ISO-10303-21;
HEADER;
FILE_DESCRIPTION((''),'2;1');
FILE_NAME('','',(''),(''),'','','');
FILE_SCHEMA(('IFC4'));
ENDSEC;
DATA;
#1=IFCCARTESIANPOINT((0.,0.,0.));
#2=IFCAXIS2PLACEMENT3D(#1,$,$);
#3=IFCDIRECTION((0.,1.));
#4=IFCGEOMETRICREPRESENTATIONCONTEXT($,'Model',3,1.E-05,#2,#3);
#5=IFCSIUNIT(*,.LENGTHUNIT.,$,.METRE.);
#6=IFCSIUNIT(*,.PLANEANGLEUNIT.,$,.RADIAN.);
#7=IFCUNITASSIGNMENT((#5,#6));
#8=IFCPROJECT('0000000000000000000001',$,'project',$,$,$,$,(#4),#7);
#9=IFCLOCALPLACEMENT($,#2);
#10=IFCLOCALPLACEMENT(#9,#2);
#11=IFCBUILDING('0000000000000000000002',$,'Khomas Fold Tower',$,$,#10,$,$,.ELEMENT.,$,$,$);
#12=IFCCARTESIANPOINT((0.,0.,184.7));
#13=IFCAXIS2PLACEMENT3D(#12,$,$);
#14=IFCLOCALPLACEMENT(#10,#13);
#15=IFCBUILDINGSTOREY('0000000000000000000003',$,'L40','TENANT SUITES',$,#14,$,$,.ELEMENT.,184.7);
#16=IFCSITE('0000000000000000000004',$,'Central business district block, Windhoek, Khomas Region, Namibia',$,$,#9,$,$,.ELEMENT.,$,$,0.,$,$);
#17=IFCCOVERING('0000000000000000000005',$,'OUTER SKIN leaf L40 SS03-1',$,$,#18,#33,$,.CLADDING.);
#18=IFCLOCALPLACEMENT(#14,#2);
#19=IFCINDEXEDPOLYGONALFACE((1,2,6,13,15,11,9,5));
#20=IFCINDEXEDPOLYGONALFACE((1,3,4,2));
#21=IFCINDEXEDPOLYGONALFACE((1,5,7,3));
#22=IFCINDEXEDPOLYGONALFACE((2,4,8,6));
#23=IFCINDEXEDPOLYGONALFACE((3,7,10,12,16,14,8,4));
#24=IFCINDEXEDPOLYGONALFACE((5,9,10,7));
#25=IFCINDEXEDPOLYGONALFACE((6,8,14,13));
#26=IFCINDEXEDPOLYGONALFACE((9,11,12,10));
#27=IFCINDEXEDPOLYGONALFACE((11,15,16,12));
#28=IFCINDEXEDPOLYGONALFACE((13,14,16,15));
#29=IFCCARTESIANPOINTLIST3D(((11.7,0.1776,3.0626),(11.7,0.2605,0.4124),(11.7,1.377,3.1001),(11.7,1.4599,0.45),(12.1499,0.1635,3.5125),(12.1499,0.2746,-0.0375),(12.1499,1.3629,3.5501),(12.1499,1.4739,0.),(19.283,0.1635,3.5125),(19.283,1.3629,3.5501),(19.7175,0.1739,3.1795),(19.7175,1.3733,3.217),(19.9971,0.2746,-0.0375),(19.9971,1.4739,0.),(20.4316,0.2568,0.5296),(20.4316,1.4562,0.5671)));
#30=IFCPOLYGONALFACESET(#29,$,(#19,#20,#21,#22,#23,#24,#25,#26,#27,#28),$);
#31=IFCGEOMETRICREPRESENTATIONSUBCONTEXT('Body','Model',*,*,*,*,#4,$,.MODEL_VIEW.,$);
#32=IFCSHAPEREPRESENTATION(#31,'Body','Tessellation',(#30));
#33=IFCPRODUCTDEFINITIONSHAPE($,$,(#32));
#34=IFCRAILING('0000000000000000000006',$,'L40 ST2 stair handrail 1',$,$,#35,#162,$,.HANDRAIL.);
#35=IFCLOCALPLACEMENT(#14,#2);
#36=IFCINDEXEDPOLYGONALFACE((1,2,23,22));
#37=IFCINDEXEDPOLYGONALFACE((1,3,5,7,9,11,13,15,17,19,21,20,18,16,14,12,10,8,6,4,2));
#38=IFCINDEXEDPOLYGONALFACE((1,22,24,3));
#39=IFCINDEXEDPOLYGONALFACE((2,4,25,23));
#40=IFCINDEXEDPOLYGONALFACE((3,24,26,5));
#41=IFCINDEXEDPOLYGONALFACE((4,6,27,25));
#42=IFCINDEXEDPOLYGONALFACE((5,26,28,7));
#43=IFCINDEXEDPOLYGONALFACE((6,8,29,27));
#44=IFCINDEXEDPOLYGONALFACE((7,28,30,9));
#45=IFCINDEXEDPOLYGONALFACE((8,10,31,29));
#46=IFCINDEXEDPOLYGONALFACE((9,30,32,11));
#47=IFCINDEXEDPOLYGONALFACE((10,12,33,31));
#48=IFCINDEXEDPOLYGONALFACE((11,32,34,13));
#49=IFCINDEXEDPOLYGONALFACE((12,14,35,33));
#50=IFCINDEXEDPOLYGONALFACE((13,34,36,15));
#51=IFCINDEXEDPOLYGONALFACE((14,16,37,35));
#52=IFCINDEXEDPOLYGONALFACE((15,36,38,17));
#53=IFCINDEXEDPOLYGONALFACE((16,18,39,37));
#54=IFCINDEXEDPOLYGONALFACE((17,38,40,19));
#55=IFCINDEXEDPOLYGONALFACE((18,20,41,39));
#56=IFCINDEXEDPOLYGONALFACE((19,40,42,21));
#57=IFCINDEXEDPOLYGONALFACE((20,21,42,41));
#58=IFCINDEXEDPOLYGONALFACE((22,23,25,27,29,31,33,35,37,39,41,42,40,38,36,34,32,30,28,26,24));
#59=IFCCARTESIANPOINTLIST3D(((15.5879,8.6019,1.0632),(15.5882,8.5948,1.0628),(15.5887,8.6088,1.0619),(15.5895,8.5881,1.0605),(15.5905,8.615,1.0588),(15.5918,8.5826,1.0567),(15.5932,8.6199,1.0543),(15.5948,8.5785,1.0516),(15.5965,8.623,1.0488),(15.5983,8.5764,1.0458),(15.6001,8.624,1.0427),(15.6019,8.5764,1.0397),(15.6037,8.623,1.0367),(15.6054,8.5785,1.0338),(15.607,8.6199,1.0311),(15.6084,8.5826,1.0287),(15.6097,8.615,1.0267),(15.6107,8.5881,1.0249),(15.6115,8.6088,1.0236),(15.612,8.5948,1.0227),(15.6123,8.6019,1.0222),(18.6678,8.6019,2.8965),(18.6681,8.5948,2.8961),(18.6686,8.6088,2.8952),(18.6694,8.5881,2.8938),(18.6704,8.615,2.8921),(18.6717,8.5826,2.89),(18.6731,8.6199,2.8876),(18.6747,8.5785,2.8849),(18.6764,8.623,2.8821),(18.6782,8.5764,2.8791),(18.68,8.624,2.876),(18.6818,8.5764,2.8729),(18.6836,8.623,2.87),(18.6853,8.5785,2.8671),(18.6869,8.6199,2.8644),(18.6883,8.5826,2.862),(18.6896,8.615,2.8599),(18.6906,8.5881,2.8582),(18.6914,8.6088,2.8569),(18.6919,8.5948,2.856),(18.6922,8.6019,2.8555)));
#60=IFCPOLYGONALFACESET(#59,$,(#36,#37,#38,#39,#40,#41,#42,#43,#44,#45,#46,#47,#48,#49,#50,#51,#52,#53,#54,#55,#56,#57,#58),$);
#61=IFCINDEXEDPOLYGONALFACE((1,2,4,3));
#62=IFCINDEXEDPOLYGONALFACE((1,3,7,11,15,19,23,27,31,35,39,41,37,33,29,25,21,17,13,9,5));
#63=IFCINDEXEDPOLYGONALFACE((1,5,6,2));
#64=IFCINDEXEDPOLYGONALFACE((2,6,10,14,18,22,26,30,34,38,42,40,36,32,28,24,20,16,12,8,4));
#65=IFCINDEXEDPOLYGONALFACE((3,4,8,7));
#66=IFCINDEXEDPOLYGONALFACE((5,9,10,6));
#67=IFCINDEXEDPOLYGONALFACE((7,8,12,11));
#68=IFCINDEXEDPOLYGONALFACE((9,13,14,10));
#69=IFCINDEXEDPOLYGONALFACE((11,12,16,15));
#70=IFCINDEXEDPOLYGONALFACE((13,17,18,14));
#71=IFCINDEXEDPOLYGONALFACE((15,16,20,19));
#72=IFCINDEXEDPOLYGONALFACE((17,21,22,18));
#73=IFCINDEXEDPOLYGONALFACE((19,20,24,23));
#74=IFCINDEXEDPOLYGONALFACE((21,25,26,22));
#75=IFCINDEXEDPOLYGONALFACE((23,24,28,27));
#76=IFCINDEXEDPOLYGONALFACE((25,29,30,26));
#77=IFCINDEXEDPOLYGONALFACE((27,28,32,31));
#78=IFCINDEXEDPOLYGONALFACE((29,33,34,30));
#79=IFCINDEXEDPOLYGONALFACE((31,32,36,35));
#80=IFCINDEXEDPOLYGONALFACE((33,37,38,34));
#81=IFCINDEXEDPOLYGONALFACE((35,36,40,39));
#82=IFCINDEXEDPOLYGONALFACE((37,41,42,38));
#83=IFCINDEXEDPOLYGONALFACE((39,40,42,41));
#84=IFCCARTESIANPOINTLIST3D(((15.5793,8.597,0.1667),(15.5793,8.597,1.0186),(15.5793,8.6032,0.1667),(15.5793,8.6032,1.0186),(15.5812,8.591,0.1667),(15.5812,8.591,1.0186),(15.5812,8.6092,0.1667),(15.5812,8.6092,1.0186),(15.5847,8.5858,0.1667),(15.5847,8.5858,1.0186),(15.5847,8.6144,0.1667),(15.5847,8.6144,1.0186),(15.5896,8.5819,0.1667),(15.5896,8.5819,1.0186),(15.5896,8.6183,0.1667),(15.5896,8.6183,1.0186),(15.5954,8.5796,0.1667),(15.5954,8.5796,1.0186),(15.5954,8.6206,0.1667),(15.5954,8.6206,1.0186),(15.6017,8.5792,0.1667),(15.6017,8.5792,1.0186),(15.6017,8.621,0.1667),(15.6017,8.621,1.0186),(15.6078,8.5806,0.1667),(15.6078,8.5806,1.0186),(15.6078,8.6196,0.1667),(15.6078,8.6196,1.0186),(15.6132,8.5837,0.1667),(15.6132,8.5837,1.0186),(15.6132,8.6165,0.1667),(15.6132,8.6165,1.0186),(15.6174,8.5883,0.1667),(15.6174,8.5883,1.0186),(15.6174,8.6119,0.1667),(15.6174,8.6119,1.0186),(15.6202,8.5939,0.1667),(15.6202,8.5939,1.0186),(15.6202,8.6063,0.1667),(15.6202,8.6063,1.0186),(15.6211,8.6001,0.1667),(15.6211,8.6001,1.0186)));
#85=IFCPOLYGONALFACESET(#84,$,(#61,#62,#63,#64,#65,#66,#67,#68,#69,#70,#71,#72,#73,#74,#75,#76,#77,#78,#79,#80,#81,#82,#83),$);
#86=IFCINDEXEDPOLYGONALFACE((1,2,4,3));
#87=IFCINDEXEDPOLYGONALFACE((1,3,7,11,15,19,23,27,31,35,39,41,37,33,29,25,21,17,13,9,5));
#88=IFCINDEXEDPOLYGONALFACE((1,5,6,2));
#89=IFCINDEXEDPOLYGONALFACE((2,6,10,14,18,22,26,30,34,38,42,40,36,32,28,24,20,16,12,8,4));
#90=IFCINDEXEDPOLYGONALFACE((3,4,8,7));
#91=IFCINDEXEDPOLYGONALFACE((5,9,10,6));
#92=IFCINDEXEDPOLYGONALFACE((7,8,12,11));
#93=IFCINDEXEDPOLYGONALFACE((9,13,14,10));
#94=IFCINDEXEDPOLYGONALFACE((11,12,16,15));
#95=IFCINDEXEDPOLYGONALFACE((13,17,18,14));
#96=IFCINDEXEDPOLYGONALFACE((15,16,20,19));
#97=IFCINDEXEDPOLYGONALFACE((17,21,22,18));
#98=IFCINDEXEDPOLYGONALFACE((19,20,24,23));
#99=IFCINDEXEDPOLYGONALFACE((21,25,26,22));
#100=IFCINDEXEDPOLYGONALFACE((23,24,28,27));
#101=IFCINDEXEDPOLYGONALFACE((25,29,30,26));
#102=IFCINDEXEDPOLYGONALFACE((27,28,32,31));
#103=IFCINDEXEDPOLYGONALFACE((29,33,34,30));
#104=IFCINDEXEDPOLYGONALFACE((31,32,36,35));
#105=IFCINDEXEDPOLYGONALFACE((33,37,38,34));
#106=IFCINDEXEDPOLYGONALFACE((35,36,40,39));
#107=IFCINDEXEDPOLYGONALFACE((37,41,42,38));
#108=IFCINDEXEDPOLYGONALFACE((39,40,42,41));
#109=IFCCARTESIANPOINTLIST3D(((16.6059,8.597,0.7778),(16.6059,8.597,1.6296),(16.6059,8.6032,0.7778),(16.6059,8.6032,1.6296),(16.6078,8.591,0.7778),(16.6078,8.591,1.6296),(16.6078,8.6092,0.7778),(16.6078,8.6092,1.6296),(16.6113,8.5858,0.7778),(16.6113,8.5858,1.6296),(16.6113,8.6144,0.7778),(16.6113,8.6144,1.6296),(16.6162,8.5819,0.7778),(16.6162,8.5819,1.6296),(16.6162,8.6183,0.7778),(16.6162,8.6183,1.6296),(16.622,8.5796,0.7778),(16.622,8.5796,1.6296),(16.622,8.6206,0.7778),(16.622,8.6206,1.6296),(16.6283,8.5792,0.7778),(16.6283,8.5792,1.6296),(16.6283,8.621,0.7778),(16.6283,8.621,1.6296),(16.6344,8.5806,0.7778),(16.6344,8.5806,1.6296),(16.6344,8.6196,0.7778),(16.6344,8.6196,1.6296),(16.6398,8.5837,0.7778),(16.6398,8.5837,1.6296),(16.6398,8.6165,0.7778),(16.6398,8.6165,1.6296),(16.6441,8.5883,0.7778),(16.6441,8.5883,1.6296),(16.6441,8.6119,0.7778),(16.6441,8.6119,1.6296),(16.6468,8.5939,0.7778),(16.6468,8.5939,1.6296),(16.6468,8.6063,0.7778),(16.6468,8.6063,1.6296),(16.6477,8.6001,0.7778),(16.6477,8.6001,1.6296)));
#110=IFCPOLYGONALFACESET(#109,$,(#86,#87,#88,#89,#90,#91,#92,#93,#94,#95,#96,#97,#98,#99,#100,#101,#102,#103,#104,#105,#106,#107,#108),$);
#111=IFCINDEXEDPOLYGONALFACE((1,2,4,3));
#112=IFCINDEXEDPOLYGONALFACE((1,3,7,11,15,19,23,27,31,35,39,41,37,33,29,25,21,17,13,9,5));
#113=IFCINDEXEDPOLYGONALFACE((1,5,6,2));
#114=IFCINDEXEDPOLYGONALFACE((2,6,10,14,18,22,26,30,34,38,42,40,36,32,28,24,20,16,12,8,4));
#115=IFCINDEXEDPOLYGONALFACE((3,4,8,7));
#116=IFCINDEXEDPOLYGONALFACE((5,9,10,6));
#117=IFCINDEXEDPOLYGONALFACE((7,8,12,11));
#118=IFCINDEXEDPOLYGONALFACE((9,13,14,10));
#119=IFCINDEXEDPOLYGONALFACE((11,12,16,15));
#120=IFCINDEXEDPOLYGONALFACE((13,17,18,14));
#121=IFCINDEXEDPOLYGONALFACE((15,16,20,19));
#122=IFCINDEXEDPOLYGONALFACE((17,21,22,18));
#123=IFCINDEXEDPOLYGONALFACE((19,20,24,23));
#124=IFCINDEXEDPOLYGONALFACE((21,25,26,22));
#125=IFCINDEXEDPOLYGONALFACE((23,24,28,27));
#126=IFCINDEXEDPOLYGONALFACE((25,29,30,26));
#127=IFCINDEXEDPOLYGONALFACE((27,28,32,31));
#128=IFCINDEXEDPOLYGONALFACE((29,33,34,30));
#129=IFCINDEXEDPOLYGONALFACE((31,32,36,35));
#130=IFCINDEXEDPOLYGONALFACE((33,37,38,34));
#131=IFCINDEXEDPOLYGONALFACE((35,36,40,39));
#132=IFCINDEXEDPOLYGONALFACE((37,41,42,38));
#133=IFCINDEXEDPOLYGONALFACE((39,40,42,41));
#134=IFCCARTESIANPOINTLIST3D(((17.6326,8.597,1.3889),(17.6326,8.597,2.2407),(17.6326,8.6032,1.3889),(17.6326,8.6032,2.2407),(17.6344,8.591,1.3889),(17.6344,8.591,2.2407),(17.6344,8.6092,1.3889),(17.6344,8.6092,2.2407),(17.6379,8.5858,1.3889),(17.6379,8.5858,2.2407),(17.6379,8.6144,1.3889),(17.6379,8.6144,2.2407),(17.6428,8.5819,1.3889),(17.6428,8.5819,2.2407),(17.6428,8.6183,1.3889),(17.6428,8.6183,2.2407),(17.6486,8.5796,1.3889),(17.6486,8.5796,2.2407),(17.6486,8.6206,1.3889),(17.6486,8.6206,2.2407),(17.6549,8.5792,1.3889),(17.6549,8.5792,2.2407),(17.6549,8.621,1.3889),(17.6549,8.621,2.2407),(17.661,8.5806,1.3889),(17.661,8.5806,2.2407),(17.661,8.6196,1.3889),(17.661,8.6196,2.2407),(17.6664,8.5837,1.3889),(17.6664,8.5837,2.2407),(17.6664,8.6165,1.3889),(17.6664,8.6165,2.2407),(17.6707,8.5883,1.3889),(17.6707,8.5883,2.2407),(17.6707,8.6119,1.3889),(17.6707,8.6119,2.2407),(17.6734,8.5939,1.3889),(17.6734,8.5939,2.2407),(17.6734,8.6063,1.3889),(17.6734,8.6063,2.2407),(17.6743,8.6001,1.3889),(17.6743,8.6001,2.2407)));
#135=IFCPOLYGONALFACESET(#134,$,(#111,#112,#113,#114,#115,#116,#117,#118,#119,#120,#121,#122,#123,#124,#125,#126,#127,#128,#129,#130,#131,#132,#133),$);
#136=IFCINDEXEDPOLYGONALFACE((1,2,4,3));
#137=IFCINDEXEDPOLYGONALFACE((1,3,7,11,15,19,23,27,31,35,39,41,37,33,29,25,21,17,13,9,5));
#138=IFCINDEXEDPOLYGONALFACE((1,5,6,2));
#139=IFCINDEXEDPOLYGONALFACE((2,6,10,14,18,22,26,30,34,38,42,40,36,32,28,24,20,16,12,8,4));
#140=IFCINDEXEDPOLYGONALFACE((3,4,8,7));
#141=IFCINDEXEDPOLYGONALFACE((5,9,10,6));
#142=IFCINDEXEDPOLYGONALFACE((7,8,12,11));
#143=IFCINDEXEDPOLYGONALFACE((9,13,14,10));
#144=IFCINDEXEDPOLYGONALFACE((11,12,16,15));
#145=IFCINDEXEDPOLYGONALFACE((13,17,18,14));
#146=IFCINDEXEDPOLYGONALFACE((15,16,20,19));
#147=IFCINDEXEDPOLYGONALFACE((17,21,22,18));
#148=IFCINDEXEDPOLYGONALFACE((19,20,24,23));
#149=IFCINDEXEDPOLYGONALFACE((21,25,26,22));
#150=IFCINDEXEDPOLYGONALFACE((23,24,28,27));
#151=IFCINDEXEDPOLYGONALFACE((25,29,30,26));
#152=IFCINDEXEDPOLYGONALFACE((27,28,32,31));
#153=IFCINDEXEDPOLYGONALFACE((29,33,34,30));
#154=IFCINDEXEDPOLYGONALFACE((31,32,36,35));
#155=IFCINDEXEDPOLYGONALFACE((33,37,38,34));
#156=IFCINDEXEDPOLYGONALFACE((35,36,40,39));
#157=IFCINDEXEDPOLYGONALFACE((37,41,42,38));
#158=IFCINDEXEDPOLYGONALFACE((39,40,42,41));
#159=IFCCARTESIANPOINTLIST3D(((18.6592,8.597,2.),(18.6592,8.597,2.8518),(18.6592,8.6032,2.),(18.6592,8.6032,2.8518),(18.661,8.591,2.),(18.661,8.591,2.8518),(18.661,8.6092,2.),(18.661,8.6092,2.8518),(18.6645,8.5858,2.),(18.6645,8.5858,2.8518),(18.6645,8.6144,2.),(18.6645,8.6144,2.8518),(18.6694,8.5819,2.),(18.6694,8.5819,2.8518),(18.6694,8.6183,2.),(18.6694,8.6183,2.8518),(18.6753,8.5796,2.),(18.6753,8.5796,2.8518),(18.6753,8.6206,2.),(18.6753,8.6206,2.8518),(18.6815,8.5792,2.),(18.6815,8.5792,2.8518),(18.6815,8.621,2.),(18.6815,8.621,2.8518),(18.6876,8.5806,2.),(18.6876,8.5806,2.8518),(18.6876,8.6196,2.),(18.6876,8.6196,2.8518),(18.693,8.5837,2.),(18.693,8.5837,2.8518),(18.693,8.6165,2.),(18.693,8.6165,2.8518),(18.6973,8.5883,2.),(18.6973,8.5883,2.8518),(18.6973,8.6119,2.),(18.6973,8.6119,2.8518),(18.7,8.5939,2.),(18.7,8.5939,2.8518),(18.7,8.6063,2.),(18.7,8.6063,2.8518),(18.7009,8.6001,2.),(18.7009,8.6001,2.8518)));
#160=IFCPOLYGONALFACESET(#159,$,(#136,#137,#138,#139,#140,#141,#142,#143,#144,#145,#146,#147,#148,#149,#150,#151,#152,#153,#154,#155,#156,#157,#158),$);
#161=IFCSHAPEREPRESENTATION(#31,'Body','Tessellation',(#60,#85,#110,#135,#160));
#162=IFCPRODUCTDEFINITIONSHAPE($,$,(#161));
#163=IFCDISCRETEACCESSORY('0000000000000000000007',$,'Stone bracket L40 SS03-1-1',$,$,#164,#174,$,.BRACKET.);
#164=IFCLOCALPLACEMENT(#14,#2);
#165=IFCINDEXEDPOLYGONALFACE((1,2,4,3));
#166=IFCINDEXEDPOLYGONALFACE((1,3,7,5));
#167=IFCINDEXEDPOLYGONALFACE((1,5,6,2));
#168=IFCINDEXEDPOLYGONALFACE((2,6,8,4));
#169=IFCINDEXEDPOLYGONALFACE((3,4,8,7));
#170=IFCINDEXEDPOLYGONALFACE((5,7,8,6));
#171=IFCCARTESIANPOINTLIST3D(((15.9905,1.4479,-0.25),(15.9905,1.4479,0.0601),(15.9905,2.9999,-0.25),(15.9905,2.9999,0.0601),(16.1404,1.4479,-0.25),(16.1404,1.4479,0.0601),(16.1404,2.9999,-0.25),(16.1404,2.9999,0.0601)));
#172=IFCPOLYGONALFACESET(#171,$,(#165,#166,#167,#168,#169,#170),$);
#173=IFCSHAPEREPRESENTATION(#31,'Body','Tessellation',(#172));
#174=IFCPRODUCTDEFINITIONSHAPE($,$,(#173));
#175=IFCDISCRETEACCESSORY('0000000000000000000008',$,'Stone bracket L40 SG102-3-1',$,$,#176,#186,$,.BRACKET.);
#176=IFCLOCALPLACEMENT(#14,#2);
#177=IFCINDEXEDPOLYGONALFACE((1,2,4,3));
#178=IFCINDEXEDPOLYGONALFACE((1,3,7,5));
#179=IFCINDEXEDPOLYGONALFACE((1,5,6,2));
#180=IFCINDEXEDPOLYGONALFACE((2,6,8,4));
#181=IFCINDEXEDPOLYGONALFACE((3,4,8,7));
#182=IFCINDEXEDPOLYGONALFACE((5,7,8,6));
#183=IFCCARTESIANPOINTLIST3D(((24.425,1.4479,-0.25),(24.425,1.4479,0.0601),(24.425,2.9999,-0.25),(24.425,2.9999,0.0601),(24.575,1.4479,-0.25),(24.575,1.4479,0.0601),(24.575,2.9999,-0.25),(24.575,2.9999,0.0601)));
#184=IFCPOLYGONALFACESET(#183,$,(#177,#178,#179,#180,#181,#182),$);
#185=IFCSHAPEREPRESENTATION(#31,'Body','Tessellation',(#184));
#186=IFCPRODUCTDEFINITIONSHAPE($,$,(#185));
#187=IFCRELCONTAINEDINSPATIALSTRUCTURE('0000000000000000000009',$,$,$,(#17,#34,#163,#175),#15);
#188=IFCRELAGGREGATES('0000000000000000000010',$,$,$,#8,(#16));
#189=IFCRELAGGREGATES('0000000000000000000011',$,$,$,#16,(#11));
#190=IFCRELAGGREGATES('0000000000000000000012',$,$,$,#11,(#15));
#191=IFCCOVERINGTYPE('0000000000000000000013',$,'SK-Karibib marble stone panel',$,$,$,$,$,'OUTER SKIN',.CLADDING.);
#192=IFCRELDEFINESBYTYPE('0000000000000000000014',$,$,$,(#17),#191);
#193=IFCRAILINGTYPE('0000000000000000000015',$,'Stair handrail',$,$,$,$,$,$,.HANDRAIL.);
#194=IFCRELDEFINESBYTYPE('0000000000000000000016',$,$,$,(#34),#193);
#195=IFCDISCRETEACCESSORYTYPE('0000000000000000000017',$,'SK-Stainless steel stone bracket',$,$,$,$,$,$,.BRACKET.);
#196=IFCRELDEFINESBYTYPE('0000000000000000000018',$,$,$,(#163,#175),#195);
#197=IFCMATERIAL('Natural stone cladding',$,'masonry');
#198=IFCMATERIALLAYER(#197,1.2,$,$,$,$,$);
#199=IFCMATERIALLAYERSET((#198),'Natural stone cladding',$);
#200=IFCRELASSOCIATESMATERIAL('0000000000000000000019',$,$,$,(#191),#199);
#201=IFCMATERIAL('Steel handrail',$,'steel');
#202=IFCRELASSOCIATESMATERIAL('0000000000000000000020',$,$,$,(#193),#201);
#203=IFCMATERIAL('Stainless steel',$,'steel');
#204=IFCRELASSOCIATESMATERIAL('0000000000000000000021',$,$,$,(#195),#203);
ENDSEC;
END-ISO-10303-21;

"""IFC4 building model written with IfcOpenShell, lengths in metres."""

from ifc_helpers import new_model, si_unit, direction, frame, origin, origin_2d, place, context, subcontext, project, spatial, polyline, rectangle, circle, outline, extrude, source, transform, mapped, material, layer, layer_set, type_object, element, save


model = new_model("IFC4")

# Units and contexts
model_context = context("Model", 3, precision=1e-05, world=origin(), true_north=direction((0.0, 1.0)))
body_context = subcontext(model_context, "Body", "Model", "MODEL_VIEW")
ifc_project = project(units=[si_unit("LENGTHUNIT", "METRE"), si_unit("PLANEANGLEUNIT", "RADIAN")], contexts=[model_context])

# Site, building, storey
site_placement = place(None, origin())
site = spatial("IfcSite", under=ifc_project, at=site_placement, Name="Central business district block, Windhoek, Khomas Region, Namibia", CompositionType="ELEMENT", RefElevation=0.0)
building_placement = place(site_placement, origin())
building = spatial("IfcBuilding", under=site, at=building_placement, Name="Khomas Fold Tower", CompositionType="ELEMENT")
storey_placement = place(building_placement, frame((0.0, 0.0, 184.7)))
storey = spatial("IfcBuildingStorey", under=building, at=storey_placement, Name="L40", Description="TENANT SUITES", CompositionType="ELEMENT", Elevation=184.7)

# Covering
ifc_material_1 = material(Name="Natural stone cladding", Category="masonry")
ifc_layer_1 = layer(ifc_material_1, 1.2)
ifc_layer_set_1 = layer_set([ifc_layer_1], Name="Natural stone cladding")
covering_type = type_object("IfcCoveringType", Name="SK-Karibib marble stone panel", ElementType="OUTER SKIN", PredefinedType="CLADDING", material=ifc_layer_set_1)
covering_placement = place(storey_placement, frame((19.7175, 1.3733, 3.217), z_axis=(0.0, 0.999511, 0.031273), x_axis=(0.260085, 0.030197, -0.965113)))
element("IfcCovering", 1, at=covering_placement, inside=storey, type_object=covering_type, Name="OUTER SKIN leaf L40 SS03-1", PredefinedType="CLADDING", context=body_context, shape_type="SweptSolid", body=[
    extrude(outline(polyline([(0.0, 0.0), (2.7457, 0.0), (3.1806, 0.5672), (1.1396, 8.1443), (0.5879, 8.4617), (-1.9723, 7.7721), (-2.2899, 7.2205), (-0.4347, 0.333), (0.0, 0.0)])), origin(), (0.0, 0.0, -1.0), 1.2),
])

# Railing
ifc_material_2 = material(Name="Steel handrail", Category="steel")
railing_type = type_object("IfcRailingType", Name="Stair handrail", PredefinedType="HANDRAIL", material=ifc_material_2)
shared_shape_1 = source(origin(), body_context, "Body", "SweptSolid", [
    extrude(circle(Radius=0.0239, at=origin_2d()), frame((0.0, 0.0, 0.876), z_axis=(0.859291, 0.0, 0.511487), x_axis=(0.0, 1.0, 0.0)), (0.0, 0.0, 1.0), 3.5842),
    extrude(circle(Radius=0.021, at=origin_2d()), origin(), (0.0, 0.0, 1.0), 0.8518),
    extrude(circle(Radius=0.021, at=origin_2d()), frame((1.0266, 0.0, 0.6111)), (0.0, 0.0, 1.0), 0.8518),
    extrude(circle(Radius=0.021, at=origin_2d()), frame((2.0532, 0.0, 1.2222)), (0.0, 0.0, 1.0), 0.8518),
    extrude(circle(Radius=0.021, at=origin_2d()), frame((3.0798, 0.0, 1.8333)), (0.0, 0.0, 1.0), 0.8518),
])
railing_placement = place(storey_placement, frame((15.6001, 8.6001, 0.1667)))
element("IfcRailing", 2, at=railing_placement, inside=storey, type_object=railing_type, Name="L40 ST2 stair handrail 1", PredefinedType="HANDRAIL", context=body_context, shape_type="MappedRepresentation", body=[
    mapped(shared_shape_1, transform((0.0, 0.0, 0.0))),
])

# Discrete accessories
ifc_material_3 = material(Name="Stainless steel", Category="steel")
discrete_accessory_type = type_object("IfcDiscreteAccessoryType", Name="SK-Stainless steel stone bracket", PredefinedType="BRACKET", material=ifc_material_3)
shared_shape_2 = source(origin(), body_context, "Body", "SweptSolid", [
    extrude(rectangle(XDim=1.552, YDim=0.1499, at=origin_2d()), origin(), (0.0, 0.0, 1.0), 0.3101),
])
for number, where, z_axis, x_axis, name in (
    (3, (16.0654, 2.2239, -0.25), (0.0, 0.0, 1.0), (0.0, -1.0, 0.0), "Stone bracket L40 SS03-1-1"),
    (4, (24.5, 2.2239, -0.25), (0.0, 0.0, 1.0), (0.0, -1.0, 0.0), "Stone bracket L40 SG102-3-1"),
):
    element("IfcDiscreteAccessory", number, at=place(storey_placement, frame(where, z_axis=z_axis, x_axis=x_axis)), inside=storey, type_object=discrete_accessory_type, Name=name, PredefinedType="BRACKET", context=body_context, shape_type="MappedRepresentation", body=[
        mapped(shared_shape_2, transform((0.0, 0.0, 0.0))),
    ])

save(model, "model.ifc")
